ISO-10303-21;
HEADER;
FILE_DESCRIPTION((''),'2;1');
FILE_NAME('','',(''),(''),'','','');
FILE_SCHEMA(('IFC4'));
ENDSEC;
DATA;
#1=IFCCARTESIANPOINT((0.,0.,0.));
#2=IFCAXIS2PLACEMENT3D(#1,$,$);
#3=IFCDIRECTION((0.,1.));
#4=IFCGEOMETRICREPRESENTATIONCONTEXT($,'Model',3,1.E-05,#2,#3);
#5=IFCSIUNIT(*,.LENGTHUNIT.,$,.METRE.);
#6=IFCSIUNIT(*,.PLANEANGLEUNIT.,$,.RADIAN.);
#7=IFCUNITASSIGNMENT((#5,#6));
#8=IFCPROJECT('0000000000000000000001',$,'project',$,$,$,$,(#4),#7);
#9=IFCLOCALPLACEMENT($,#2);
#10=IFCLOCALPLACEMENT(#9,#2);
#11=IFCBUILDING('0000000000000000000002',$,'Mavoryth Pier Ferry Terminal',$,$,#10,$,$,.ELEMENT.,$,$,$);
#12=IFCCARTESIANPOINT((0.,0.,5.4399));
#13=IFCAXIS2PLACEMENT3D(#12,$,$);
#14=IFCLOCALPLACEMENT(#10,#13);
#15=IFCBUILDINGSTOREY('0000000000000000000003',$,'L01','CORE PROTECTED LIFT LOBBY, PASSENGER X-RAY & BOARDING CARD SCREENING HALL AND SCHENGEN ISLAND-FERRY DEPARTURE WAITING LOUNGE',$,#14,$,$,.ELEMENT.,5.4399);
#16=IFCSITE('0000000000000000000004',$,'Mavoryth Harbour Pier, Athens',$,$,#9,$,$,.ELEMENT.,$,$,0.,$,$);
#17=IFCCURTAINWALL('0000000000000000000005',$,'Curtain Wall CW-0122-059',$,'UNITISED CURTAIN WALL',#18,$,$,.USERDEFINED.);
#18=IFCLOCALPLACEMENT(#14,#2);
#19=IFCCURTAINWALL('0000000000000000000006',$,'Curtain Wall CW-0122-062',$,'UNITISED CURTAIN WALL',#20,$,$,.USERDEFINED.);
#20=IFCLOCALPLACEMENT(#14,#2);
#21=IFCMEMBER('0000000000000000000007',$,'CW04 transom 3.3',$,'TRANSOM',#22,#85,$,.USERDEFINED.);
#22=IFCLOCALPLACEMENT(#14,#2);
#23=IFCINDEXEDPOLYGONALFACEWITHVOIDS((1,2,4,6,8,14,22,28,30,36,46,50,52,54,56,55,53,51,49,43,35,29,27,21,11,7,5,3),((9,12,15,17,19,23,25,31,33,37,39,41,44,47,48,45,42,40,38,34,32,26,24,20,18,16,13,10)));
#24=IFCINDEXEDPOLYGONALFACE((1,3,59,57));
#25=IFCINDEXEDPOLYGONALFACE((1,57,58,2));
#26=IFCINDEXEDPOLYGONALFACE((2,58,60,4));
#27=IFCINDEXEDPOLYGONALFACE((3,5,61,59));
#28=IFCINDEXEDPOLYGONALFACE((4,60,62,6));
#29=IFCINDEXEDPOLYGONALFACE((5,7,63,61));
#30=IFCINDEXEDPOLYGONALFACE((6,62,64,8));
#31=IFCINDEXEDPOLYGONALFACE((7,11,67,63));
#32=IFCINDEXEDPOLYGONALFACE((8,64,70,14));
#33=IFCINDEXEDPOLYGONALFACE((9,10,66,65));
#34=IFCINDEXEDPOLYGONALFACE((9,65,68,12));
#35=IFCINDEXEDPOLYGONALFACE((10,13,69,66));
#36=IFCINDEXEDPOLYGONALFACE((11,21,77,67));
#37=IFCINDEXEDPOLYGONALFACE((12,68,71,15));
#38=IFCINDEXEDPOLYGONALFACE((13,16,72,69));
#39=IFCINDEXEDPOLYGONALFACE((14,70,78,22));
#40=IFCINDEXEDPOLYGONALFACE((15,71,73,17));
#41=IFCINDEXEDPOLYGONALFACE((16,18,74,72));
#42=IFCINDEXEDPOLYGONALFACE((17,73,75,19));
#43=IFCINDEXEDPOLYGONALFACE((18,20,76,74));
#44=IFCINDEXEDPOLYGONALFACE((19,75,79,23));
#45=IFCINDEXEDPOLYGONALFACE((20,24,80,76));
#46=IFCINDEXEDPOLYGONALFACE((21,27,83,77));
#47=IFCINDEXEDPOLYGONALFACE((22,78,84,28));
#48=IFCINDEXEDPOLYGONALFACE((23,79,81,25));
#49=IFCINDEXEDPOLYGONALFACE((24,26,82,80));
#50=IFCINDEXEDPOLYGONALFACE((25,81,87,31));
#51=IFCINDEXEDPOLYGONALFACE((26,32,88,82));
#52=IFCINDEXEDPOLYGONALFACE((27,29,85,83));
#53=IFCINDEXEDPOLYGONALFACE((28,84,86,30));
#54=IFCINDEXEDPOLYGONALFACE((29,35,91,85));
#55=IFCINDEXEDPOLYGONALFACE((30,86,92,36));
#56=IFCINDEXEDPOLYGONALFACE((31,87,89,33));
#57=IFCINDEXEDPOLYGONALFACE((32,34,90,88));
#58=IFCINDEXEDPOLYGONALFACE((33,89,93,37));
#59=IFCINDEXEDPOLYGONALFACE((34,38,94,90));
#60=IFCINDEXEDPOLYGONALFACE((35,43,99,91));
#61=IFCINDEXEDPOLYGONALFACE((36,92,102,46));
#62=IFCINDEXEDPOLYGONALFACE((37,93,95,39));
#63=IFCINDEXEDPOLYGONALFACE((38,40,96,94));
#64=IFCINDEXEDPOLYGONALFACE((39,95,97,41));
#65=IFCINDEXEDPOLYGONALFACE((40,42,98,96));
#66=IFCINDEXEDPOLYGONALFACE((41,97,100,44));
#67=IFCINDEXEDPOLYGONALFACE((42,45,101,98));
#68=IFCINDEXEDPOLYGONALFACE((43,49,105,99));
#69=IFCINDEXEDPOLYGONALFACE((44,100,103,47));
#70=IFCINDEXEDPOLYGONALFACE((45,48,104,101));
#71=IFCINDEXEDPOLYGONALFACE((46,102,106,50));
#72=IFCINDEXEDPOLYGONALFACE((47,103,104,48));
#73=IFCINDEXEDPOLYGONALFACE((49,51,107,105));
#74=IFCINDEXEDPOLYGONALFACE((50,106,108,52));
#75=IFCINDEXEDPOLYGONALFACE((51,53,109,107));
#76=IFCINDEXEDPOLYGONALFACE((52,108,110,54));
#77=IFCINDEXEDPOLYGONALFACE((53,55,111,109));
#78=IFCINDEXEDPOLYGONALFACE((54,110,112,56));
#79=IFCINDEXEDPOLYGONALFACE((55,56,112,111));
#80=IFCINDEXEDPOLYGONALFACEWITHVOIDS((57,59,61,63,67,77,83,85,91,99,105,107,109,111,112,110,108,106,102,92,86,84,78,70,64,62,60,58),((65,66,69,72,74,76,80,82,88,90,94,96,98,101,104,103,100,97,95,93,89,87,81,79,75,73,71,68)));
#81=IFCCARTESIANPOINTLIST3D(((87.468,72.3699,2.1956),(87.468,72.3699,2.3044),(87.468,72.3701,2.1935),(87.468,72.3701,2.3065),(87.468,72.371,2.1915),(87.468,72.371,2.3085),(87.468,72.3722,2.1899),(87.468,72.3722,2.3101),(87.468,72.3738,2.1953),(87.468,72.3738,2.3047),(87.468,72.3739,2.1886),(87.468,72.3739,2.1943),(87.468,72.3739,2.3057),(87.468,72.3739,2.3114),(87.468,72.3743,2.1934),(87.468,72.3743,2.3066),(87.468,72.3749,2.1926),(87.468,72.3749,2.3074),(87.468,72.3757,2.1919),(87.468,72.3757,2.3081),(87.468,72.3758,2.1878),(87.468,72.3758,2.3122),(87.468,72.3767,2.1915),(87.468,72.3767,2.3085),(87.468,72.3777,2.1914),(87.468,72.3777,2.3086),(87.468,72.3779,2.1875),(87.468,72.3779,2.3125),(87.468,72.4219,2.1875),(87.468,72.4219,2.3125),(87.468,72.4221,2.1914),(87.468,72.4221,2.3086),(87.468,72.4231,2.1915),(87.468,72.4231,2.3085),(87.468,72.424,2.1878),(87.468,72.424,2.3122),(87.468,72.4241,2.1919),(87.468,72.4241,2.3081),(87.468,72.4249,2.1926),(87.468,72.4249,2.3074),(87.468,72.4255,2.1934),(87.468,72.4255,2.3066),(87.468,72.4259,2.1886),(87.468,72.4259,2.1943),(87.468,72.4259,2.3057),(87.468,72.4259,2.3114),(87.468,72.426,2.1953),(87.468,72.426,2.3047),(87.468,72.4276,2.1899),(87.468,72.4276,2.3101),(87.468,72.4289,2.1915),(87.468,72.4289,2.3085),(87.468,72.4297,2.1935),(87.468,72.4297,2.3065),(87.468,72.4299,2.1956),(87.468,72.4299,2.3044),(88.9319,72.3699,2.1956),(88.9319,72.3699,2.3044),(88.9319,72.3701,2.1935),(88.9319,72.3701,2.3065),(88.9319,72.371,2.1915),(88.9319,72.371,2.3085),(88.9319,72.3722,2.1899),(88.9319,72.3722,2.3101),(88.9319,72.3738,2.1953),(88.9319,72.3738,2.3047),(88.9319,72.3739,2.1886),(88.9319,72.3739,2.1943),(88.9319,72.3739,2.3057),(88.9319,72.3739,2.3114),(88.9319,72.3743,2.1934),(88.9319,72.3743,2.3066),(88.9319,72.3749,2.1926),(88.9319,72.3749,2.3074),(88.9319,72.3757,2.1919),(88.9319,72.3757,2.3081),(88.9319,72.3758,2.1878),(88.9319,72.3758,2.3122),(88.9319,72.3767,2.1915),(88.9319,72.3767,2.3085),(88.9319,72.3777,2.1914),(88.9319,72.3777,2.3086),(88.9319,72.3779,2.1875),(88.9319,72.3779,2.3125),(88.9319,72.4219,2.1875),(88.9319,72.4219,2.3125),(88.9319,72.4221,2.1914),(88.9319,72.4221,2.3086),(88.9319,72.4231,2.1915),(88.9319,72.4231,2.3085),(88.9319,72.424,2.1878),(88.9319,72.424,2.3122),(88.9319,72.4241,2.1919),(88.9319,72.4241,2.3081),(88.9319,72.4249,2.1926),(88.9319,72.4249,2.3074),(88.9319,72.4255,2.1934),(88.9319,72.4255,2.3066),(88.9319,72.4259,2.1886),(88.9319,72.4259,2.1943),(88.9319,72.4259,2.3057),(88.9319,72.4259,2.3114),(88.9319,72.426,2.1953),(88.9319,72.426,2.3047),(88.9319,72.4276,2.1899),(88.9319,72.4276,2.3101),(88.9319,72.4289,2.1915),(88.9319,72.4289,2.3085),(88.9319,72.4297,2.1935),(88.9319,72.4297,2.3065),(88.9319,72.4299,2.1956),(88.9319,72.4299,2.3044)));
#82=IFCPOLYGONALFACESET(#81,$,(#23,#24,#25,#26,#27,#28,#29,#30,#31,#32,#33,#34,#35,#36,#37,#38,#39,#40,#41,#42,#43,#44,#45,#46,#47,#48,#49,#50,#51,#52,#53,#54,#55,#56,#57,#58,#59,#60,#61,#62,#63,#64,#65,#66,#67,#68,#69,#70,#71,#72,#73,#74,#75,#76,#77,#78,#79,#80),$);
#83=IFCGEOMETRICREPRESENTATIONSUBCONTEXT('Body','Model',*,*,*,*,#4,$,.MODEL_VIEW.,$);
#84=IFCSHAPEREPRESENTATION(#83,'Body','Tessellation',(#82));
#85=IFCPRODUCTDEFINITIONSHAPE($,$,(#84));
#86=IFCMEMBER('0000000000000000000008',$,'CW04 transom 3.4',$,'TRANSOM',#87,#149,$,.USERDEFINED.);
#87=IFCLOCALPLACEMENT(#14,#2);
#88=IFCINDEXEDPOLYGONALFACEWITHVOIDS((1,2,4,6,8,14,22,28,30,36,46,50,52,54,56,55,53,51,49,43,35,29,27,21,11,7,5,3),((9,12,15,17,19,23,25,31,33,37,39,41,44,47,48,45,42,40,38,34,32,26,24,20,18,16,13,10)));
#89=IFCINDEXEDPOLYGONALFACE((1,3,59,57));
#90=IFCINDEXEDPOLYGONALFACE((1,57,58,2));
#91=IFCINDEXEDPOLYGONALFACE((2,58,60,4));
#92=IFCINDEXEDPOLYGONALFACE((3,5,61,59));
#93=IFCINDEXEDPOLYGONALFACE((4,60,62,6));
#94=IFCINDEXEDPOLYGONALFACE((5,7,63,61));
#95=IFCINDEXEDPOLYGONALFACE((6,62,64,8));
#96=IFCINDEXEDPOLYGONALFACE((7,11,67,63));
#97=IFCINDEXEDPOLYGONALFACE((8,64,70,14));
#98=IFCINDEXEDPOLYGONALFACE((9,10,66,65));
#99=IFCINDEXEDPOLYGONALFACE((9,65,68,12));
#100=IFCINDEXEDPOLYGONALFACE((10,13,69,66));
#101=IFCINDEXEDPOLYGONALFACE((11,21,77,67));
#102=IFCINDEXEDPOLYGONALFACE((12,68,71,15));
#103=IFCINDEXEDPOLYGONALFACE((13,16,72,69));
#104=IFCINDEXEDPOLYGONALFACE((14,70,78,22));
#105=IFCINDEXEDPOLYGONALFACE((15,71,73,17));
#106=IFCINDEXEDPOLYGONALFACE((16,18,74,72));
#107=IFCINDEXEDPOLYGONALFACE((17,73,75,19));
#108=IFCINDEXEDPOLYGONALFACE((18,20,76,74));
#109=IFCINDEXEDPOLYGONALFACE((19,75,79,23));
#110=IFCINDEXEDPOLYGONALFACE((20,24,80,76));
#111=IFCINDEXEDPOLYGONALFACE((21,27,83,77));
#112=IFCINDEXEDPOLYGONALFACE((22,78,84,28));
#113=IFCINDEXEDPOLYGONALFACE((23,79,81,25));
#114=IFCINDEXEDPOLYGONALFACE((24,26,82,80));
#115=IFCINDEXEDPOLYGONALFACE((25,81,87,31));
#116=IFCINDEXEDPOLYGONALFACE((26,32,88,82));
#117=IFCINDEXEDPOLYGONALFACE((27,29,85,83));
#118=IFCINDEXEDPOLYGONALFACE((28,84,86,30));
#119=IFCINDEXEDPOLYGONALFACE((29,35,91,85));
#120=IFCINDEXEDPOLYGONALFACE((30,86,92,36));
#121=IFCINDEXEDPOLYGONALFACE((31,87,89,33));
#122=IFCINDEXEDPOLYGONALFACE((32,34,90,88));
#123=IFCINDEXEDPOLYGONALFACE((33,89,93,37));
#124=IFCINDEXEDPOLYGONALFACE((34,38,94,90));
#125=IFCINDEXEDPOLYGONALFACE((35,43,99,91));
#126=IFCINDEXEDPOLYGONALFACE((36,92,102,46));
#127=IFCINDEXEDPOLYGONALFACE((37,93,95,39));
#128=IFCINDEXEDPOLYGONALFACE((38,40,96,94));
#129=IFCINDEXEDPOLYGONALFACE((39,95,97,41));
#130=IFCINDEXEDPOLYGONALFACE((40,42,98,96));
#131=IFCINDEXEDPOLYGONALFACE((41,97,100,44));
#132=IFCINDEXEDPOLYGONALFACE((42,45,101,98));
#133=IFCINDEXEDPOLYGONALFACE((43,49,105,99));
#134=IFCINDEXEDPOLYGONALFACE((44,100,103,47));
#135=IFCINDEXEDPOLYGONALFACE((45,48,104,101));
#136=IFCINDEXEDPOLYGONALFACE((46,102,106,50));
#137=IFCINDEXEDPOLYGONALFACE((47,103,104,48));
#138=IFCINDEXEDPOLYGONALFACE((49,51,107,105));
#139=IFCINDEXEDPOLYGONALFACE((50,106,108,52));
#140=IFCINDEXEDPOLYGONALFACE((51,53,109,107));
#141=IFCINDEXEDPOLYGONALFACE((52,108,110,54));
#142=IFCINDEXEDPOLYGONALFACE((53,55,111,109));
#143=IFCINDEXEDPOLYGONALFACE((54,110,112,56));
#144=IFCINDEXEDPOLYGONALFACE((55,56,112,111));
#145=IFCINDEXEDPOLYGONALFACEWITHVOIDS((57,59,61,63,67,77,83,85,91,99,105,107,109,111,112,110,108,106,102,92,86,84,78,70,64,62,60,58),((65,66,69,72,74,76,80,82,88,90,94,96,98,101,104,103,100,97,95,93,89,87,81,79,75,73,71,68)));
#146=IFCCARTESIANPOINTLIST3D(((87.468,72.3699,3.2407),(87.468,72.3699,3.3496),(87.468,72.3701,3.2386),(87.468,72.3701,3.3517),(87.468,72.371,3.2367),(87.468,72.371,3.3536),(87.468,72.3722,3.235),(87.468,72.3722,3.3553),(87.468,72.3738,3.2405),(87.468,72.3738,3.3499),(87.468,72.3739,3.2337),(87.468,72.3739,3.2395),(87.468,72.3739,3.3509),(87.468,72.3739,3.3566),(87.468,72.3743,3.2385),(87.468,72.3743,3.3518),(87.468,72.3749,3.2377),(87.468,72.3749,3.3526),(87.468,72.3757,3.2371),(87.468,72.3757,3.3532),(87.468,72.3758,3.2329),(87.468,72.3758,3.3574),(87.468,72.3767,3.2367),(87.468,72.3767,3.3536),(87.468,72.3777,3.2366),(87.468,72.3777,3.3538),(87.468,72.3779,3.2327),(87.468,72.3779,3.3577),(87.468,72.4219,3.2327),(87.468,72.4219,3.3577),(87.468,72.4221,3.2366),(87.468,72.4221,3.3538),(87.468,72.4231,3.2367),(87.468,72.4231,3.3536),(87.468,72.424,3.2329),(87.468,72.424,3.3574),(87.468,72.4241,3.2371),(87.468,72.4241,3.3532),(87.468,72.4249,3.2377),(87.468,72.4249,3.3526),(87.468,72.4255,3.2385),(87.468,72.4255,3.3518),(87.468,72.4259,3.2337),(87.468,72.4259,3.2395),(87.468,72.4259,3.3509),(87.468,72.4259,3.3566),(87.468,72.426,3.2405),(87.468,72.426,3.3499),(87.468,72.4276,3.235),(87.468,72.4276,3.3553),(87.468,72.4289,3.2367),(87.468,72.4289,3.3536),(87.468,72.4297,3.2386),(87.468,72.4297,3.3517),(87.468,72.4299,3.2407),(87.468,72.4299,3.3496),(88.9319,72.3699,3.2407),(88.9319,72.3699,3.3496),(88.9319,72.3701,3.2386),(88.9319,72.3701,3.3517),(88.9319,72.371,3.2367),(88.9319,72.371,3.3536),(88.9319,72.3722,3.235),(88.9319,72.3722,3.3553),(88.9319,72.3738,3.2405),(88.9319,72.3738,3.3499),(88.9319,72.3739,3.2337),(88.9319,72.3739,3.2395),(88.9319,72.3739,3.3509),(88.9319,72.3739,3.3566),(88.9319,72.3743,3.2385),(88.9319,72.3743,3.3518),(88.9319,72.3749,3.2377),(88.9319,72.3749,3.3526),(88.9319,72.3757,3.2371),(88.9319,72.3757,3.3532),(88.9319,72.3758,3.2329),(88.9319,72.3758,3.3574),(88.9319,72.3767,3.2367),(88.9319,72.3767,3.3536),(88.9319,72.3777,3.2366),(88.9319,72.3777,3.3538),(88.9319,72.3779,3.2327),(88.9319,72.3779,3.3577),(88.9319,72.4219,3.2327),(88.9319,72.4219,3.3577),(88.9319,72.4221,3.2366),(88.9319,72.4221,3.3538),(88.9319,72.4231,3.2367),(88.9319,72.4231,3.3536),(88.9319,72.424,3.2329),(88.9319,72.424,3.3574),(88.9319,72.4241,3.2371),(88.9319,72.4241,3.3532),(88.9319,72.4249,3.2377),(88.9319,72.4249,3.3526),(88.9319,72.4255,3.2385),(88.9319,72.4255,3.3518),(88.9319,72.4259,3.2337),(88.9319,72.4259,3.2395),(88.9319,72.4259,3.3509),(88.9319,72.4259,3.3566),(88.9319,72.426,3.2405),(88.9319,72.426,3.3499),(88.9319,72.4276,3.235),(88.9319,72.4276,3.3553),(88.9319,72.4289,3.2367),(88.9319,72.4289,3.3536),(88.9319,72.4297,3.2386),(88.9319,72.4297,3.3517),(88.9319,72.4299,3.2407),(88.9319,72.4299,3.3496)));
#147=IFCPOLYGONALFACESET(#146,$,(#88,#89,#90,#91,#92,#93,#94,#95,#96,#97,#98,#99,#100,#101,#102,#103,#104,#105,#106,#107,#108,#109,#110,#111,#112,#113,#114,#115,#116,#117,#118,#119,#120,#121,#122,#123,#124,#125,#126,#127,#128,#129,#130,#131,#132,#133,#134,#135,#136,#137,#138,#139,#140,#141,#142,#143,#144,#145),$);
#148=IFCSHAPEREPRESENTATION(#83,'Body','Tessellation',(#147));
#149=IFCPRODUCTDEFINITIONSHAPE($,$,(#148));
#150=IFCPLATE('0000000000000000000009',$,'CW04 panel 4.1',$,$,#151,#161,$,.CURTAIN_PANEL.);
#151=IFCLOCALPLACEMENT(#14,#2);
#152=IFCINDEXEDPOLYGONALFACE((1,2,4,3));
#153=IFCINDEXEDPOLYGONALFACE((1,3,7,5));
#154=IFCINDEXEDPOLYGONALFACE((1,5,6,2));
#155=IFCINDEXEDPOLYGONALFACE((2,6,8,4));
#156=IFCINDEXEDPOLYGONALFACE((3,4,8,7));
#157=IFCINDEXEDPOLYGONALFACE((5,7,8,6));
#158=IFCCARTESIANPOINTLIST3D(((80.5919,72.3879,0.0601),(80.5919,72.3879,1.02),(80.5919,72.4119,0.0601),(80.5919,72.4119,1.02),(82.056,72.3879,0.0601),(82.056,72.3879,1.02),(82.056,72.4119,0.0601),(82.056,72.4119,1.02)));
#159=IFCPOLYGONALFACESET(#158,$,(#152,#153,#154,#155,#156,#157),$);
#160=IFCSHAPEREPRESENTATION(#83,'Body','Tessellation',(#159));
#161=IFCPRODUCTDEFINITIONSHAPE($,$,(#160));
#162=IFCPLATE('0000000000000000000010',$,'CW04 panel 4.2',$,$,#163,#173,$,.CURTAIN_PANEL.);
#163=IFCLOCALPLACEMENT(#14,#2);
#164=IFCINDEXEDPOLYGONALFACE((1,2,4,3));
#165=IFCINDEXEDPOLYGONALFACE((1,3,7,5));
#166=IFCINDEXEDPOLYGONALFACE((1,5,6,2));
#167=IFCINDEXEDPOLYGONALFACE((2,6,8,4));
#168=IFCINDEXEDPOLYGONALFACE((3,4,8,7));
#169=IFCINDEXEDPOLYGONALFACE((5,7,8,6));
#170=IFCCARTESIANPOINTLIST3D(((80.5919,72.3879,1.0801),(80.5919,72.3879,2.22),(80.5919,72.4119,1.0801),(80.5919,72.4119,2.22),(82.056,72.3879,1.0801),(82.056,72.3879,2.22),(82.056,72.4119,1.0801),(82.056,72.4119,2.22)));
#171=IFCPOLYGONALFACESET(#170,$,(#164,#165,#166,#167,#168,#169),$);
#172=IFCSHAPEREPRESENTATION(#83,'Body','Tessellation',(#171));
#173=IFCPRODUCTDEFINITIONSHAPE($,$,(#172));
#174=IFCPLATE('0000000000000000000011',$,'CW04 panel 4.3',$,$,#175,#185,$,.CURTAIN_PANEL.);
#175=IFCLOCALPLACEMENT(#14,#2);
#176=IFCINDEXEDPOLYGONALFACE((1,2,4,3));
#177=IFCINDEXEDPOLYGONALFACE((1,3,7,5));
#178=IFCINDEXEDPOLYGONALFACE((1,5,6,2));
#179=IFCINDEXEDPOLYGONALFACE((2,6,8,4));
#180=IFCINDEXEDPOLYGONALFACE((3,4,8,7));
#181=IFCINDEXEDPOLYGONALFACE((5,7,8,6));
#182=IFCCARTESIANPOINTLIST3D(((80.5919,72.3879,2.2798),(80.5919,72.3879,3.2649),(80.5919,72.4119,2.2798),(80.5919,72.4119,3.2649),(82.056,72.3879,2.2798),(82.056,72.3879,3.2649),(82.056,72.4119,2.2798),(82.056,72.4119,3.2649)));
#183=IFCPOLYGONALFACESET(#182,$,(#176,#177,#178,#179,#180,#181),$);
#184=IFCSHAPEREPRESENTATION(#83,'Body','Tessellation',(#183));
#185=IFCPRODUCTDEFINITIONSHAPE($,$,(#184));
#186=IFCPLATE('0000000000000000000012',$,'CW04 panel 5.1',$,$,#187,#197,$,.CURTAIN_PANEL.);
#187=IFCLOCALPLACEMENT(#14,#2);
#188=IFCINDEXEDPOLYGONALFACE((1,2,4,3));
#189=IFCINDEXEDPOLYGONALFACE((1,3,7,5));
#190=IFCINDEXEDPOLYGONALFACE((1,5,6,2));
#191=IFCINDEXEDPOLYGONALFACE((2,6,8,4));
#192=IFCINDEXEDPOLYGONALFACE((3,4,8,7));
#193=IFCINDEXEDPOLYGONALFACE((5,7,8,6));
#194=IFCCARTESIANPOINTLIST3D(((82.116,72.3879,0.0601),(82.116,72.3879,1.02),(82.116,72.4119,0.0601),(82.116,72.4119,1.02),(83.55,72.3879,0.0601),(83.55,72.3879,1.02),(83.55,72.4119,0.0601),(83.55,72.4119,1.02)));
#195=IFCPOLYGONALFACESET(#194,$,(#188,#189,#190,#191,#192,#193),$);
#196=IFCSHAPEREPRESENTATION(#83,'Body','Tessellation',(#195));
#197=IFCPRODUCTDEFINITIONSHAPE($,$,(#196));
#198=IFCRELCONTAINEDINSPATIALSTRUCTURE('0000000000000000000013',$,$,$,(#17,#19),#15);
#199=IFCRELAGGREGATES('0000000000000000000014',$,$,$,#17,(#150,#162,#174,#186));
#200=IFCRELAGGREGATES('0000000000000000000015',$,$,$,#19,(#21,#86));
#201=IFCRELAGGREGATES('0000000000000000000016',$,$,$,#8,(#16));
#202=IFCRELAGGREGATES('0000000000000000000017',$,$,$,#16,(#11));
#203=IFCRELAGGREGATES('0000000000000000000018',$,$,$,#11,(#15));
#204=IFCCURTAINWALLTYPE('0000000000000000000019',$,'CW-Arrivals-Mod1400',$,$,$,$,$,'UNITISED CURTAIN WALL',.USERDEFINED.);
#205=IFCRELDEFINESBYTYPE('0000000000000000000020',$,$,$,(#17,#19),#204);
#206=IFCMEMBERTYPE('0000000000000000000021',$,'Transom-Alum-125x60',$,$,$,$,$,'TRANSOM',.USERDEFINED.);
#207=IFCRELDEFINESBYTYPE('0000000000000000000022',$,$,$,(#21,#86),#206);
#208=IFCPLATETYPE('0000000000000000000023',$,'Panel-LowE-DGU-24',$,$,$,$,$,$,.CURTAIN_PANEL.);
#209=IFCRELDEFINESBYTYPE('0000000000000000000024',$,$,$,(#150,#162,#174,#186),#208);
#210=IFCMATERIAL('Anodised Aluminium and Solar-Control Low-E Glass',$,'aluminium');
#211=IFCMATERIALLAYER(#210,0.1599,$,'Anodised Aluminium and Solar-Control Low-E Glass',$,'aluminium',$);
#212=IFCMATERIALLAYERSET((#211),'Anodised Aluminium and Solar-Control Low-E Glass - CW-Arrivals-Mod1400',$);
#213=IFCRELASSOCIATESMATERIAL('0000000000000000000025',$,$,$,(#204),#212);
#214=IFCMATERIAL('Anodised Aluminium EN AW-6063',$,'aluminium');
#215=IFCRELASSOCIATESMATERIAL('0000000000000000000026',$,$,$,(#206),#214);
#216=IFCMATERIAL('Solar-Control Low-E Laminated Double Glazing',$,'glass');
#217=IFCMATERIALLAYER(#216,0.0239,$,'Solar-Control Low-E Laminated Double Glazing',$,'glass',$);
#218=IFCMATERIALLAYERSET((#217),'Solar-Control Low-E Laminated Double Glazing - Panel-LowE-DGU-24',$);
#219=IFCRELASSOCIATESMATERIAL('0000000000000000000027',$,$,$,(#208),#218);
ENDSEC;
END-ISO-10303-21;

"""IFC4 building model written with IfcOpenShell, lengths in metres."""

from ifc_helpers import new_model, si_unit, direction, frame, origin, origin_2d, place, context, subcontext, project, spatial, rectangle, hollow_rectangle, extrude, material, layer, layer_set, material_profile, profile_set, type_object, element, aggregate, save


model = new_model("IFC4")

# Units and contexts
model_context = context("Model", 3, precision=1e-05, world=origin(), true_north=direction((0.0, 1.0)))
body_context = subcontext(model_context, "Body", "Model", "MODEL_VIEW")
ifc_project = project(units=[si_unit("LENGTHUNIT", "METRE"), si_unit("PLANEANGLEUNIT", "RADIAN")], contexts=[model_context])

# Site, building, storey
site_placement = place(None, origin())
site = spatial("IfcSite", under=ifc_project, at=site_placement, Name="Mavoryth Harbour Pier, Athens", CompositionType="ELEMENT", RefElevation=0.0)
building_placement = place(site_placement, origin())
building = spatial("IfcBuilding", under=site, at=building_placement, Name="Mavoryth Pier Ferry Terminal", CompositionType="ELEMENT")
storey_placement = place(building_placement, frame((0.0, 0.0, 5.4399)))
storey = spatial("IfcBuildingStorey", under=building, at=storey_placement, Name="L01", Description="CORE PROTECTED LIFT LOBBY, PASSENGER X-RAY & BOARDING CARD SCREENING HALL AND SCHENGEN ISLAND-FERRY DEPARTURE WAITING LOUNGE", CompositionType="ELEMENT", Elevation=5.4399)

# Curtain walls
ifc_material_1 = material(Name="Anodised Aluminium and Solar-Control Low-E Glass", Category="aluminium")
ifc_layer_1 = layer(ifc_material_1, 0.1599, Name="Anodised Aluminium and Solar-Control Low-E Glass", Category="aluminium")
ifc_layer_set_1 = layer_set([ifc_layer_1], Name="Anodised Aluminium and Solar-Control Low-E Glass - CW-Arrivals-Mod1400")
curtain_wall_type = type_object("IfcCurtainWallType", Name="CW-Arrivals-Mod1400", ElementType="UNITISED CURTAIN WALL", PredefinedType="USERDEFINED", material=ifc_layer_set_1)
curtain_wall_1_placement = place(storey_placement, origin())
curtain_wall_1 = element("IfcCurtainWall", 1, at=curtain_wall_1_placement, inside=storey, type_object=curtain_wall_type, Name="Curtain Wall CW-0122-059", ObjectType="UNITISED CURTAIN WALL", PredefinedType="USERDEFINED")
ifc_material_2 = material(Name="Anodised Aluminium EN AW-6063", Category="aluminium")
curtain_wall_2_placement = place(storey_placement, origin())
curtain_wall_2 = element("IfcCurtainWall", 2, at=curtain_wall_2_placement, inside=storey, type_object=curtain_wall_type, Name="Curtain Wall CW-0122-062", ObjectType="UNITISED CURTAIN WALL", PredefinedType="USERDEFINED")

# Members
ifc_material_profile_1 = material_profile(ifc_material_2, hollow_rectangle(XDim=0.0601, YDim=0.125, WallThickness=0.0039, InnerFilletRadius=0.0039, OuterFilletRadius=0.0081, at=origin_2d()), Name="AL-TRAN 125x60x4", Category="aluminium")
ifc_profile_set_1 = profile_set([ifc_material_profile_1], Name="Anodised Aluminium EN AW-6063 - AL-TRAN 125x60x4")
member_type_1 = type_object("IfcMemberType", Name="Transom-Alum-125x60", ElementType="TRANSOM", PredefinedType="USERDEFINED", material=ifc_profile_set_1)
member_1_placement = place(storey_placement, frame((87.468, 72.3999, 2.25), z_axis=(1.0, 0.0, 0.0), x_axis=(0.0, 1.0, 0.0)))
member_1 = element("IfcMember", 3, at=member_1_placement, type_object=member_type_1, Name="CW04 transom 3.3", ObjectType="TRANSOM", PredefinedType="USERDEFINED", context=body_context, shape_type="SweptSolid", body=[
    extrude(hollow_rectangle(XDim=0.0601, YDim=0.125, WallThickness=0.0039, InnerFilletRadius=0.0039, OuterFilletRadius=0.0081, at=origin_2d()), origin(), (0.0, 0.0, 1.0), 1.4639),
])
member_2_placement = place(storey_placement, frame((87.468, 72.3999, 3.2952), z_axis=(1.0, 0.0, 0.0), x_axis=(0.0, 1.0, 0.0)))
member_2 = element("IfcMember", 4, at=member_2_placement, type_object=member_type_1, Name="CW04 transom 3.4", ObjectType="TRANSOM", PredefinedType="USERDEFINED", context=body_context, shape_type="SweptSolid", body=[
    extrude(hollow_rectangle(XDim=0.0601, YDim=0.125, WallThickness=0.0039, InnerFilletRadius=0.0039, OuterFilletRadius=0.0081, at=origin_2d()), origin(), (0.0, 0.0, 1.0), 1.4639),
])

# Plates
ifc_material_3 = material(Name="Solar-Control Low-E Laminated Double Glazing", Category="glass")
ifc_layer_2 = layer(ifc_material_3, 0.0239, Name="Solar-Control Low-E Laminated Double Glazing", Category="glass")
ifc_layer_set_2 = layer_set([ifc_layer_2], Name="Solar-Control Low-E Laminated Double Glazing - Panel-LowE-DGU-24")
plate_type = type_object("IfcPlateType", Name="Panel-LowE-DGU-24", PredefinedType="CURTAIN_PANEL", material=ifc_layer_set_2)
plate_1_placement = place(storey_placement, frame((81.324, 72.3999, 0.0601), z_axis=(0.0, 0.0, 1.0), x_axis=(1.0, 0.0, 0.0)))
plate_1 = element("IfcPlate", 5, at=plate_1_placement, type_object=plate_type, Name="CW04 panel 4.1", PredefinedType="CURTAIN_PANEL", context=body_context, shape_type="SweptSolid", body=[
    extrude(rectangle(XDim=1.4641, YDim=0.0239, at=origin_2d()), origin(), (0.0, 0.0, 1.0), 0.96),
])
plate_2_placement = place(storey_placement, frame((81.324, 72.3999, 1.0801), z_axis=(0.0, 0.0, 1.0), x_axis=(1.0, 0.0, 0.0)))
plate_2 = element("IfcPlate", 6, at=plate_2_placement, type_object=plate_type, Name="CW04 panel 4.2", PredefinedType="CURTAIN_PANEL", context=body_context, shape_type="SweptSolid", body=[
    extrude(rectangle(XDim=1.4641, YDim=0.0239, at=origin_2d()), origin(), (0.0, 0.0, 1.0), 1.1399),
])
plate_3_placement = place(storey_placement, frame((81.324, 72.3999, 2.2798), z_axis=(0.0, 0.0, 1.0), x_axis=(1.0, 0.0, 0.0)))
plate_3 = element("IfcPlate", 7, at=plate_3_placement, type_object=plate_type, Name="CW04 panel 4.3", PredefinedType="CURTAIN_PANEL", context=body_context, shape_type="SweptSolid", body=[
    extrude(rectangle(XDim=1.4641, YDim=0.0239, at=origin_2d()), origin(), (0.0, 0.0, 1.0), 0.9851),
])
plate_4_placement = place(storey_placement, frame((82.833, 72.3999, 0.0601), z_axis=(0.0, 0.0, 1.0), x_axis=(1.0, 0.0, 0.0)))
plate_4 = element("IfcPlate", 8, at=plate_4_placement, type_object=plate_type, Name="CW04 panel 5.1", PredefinedType="CURTAIN_PANEL", context=body_context, shape_type="SweptSolid", body=[
    extrude(rectangle(XDim=1.4341, YDim=0.0239, at=origin_2d()), origin(), (0.0, 0.0, 1.0), 0.96),
])
aggregate(curtain_wall_1, [plate_1, plate_2, plate_3, plate_4])
aggregate(curtain_wall_2, [member_1, member_2])

save(model, "model.ifc")
